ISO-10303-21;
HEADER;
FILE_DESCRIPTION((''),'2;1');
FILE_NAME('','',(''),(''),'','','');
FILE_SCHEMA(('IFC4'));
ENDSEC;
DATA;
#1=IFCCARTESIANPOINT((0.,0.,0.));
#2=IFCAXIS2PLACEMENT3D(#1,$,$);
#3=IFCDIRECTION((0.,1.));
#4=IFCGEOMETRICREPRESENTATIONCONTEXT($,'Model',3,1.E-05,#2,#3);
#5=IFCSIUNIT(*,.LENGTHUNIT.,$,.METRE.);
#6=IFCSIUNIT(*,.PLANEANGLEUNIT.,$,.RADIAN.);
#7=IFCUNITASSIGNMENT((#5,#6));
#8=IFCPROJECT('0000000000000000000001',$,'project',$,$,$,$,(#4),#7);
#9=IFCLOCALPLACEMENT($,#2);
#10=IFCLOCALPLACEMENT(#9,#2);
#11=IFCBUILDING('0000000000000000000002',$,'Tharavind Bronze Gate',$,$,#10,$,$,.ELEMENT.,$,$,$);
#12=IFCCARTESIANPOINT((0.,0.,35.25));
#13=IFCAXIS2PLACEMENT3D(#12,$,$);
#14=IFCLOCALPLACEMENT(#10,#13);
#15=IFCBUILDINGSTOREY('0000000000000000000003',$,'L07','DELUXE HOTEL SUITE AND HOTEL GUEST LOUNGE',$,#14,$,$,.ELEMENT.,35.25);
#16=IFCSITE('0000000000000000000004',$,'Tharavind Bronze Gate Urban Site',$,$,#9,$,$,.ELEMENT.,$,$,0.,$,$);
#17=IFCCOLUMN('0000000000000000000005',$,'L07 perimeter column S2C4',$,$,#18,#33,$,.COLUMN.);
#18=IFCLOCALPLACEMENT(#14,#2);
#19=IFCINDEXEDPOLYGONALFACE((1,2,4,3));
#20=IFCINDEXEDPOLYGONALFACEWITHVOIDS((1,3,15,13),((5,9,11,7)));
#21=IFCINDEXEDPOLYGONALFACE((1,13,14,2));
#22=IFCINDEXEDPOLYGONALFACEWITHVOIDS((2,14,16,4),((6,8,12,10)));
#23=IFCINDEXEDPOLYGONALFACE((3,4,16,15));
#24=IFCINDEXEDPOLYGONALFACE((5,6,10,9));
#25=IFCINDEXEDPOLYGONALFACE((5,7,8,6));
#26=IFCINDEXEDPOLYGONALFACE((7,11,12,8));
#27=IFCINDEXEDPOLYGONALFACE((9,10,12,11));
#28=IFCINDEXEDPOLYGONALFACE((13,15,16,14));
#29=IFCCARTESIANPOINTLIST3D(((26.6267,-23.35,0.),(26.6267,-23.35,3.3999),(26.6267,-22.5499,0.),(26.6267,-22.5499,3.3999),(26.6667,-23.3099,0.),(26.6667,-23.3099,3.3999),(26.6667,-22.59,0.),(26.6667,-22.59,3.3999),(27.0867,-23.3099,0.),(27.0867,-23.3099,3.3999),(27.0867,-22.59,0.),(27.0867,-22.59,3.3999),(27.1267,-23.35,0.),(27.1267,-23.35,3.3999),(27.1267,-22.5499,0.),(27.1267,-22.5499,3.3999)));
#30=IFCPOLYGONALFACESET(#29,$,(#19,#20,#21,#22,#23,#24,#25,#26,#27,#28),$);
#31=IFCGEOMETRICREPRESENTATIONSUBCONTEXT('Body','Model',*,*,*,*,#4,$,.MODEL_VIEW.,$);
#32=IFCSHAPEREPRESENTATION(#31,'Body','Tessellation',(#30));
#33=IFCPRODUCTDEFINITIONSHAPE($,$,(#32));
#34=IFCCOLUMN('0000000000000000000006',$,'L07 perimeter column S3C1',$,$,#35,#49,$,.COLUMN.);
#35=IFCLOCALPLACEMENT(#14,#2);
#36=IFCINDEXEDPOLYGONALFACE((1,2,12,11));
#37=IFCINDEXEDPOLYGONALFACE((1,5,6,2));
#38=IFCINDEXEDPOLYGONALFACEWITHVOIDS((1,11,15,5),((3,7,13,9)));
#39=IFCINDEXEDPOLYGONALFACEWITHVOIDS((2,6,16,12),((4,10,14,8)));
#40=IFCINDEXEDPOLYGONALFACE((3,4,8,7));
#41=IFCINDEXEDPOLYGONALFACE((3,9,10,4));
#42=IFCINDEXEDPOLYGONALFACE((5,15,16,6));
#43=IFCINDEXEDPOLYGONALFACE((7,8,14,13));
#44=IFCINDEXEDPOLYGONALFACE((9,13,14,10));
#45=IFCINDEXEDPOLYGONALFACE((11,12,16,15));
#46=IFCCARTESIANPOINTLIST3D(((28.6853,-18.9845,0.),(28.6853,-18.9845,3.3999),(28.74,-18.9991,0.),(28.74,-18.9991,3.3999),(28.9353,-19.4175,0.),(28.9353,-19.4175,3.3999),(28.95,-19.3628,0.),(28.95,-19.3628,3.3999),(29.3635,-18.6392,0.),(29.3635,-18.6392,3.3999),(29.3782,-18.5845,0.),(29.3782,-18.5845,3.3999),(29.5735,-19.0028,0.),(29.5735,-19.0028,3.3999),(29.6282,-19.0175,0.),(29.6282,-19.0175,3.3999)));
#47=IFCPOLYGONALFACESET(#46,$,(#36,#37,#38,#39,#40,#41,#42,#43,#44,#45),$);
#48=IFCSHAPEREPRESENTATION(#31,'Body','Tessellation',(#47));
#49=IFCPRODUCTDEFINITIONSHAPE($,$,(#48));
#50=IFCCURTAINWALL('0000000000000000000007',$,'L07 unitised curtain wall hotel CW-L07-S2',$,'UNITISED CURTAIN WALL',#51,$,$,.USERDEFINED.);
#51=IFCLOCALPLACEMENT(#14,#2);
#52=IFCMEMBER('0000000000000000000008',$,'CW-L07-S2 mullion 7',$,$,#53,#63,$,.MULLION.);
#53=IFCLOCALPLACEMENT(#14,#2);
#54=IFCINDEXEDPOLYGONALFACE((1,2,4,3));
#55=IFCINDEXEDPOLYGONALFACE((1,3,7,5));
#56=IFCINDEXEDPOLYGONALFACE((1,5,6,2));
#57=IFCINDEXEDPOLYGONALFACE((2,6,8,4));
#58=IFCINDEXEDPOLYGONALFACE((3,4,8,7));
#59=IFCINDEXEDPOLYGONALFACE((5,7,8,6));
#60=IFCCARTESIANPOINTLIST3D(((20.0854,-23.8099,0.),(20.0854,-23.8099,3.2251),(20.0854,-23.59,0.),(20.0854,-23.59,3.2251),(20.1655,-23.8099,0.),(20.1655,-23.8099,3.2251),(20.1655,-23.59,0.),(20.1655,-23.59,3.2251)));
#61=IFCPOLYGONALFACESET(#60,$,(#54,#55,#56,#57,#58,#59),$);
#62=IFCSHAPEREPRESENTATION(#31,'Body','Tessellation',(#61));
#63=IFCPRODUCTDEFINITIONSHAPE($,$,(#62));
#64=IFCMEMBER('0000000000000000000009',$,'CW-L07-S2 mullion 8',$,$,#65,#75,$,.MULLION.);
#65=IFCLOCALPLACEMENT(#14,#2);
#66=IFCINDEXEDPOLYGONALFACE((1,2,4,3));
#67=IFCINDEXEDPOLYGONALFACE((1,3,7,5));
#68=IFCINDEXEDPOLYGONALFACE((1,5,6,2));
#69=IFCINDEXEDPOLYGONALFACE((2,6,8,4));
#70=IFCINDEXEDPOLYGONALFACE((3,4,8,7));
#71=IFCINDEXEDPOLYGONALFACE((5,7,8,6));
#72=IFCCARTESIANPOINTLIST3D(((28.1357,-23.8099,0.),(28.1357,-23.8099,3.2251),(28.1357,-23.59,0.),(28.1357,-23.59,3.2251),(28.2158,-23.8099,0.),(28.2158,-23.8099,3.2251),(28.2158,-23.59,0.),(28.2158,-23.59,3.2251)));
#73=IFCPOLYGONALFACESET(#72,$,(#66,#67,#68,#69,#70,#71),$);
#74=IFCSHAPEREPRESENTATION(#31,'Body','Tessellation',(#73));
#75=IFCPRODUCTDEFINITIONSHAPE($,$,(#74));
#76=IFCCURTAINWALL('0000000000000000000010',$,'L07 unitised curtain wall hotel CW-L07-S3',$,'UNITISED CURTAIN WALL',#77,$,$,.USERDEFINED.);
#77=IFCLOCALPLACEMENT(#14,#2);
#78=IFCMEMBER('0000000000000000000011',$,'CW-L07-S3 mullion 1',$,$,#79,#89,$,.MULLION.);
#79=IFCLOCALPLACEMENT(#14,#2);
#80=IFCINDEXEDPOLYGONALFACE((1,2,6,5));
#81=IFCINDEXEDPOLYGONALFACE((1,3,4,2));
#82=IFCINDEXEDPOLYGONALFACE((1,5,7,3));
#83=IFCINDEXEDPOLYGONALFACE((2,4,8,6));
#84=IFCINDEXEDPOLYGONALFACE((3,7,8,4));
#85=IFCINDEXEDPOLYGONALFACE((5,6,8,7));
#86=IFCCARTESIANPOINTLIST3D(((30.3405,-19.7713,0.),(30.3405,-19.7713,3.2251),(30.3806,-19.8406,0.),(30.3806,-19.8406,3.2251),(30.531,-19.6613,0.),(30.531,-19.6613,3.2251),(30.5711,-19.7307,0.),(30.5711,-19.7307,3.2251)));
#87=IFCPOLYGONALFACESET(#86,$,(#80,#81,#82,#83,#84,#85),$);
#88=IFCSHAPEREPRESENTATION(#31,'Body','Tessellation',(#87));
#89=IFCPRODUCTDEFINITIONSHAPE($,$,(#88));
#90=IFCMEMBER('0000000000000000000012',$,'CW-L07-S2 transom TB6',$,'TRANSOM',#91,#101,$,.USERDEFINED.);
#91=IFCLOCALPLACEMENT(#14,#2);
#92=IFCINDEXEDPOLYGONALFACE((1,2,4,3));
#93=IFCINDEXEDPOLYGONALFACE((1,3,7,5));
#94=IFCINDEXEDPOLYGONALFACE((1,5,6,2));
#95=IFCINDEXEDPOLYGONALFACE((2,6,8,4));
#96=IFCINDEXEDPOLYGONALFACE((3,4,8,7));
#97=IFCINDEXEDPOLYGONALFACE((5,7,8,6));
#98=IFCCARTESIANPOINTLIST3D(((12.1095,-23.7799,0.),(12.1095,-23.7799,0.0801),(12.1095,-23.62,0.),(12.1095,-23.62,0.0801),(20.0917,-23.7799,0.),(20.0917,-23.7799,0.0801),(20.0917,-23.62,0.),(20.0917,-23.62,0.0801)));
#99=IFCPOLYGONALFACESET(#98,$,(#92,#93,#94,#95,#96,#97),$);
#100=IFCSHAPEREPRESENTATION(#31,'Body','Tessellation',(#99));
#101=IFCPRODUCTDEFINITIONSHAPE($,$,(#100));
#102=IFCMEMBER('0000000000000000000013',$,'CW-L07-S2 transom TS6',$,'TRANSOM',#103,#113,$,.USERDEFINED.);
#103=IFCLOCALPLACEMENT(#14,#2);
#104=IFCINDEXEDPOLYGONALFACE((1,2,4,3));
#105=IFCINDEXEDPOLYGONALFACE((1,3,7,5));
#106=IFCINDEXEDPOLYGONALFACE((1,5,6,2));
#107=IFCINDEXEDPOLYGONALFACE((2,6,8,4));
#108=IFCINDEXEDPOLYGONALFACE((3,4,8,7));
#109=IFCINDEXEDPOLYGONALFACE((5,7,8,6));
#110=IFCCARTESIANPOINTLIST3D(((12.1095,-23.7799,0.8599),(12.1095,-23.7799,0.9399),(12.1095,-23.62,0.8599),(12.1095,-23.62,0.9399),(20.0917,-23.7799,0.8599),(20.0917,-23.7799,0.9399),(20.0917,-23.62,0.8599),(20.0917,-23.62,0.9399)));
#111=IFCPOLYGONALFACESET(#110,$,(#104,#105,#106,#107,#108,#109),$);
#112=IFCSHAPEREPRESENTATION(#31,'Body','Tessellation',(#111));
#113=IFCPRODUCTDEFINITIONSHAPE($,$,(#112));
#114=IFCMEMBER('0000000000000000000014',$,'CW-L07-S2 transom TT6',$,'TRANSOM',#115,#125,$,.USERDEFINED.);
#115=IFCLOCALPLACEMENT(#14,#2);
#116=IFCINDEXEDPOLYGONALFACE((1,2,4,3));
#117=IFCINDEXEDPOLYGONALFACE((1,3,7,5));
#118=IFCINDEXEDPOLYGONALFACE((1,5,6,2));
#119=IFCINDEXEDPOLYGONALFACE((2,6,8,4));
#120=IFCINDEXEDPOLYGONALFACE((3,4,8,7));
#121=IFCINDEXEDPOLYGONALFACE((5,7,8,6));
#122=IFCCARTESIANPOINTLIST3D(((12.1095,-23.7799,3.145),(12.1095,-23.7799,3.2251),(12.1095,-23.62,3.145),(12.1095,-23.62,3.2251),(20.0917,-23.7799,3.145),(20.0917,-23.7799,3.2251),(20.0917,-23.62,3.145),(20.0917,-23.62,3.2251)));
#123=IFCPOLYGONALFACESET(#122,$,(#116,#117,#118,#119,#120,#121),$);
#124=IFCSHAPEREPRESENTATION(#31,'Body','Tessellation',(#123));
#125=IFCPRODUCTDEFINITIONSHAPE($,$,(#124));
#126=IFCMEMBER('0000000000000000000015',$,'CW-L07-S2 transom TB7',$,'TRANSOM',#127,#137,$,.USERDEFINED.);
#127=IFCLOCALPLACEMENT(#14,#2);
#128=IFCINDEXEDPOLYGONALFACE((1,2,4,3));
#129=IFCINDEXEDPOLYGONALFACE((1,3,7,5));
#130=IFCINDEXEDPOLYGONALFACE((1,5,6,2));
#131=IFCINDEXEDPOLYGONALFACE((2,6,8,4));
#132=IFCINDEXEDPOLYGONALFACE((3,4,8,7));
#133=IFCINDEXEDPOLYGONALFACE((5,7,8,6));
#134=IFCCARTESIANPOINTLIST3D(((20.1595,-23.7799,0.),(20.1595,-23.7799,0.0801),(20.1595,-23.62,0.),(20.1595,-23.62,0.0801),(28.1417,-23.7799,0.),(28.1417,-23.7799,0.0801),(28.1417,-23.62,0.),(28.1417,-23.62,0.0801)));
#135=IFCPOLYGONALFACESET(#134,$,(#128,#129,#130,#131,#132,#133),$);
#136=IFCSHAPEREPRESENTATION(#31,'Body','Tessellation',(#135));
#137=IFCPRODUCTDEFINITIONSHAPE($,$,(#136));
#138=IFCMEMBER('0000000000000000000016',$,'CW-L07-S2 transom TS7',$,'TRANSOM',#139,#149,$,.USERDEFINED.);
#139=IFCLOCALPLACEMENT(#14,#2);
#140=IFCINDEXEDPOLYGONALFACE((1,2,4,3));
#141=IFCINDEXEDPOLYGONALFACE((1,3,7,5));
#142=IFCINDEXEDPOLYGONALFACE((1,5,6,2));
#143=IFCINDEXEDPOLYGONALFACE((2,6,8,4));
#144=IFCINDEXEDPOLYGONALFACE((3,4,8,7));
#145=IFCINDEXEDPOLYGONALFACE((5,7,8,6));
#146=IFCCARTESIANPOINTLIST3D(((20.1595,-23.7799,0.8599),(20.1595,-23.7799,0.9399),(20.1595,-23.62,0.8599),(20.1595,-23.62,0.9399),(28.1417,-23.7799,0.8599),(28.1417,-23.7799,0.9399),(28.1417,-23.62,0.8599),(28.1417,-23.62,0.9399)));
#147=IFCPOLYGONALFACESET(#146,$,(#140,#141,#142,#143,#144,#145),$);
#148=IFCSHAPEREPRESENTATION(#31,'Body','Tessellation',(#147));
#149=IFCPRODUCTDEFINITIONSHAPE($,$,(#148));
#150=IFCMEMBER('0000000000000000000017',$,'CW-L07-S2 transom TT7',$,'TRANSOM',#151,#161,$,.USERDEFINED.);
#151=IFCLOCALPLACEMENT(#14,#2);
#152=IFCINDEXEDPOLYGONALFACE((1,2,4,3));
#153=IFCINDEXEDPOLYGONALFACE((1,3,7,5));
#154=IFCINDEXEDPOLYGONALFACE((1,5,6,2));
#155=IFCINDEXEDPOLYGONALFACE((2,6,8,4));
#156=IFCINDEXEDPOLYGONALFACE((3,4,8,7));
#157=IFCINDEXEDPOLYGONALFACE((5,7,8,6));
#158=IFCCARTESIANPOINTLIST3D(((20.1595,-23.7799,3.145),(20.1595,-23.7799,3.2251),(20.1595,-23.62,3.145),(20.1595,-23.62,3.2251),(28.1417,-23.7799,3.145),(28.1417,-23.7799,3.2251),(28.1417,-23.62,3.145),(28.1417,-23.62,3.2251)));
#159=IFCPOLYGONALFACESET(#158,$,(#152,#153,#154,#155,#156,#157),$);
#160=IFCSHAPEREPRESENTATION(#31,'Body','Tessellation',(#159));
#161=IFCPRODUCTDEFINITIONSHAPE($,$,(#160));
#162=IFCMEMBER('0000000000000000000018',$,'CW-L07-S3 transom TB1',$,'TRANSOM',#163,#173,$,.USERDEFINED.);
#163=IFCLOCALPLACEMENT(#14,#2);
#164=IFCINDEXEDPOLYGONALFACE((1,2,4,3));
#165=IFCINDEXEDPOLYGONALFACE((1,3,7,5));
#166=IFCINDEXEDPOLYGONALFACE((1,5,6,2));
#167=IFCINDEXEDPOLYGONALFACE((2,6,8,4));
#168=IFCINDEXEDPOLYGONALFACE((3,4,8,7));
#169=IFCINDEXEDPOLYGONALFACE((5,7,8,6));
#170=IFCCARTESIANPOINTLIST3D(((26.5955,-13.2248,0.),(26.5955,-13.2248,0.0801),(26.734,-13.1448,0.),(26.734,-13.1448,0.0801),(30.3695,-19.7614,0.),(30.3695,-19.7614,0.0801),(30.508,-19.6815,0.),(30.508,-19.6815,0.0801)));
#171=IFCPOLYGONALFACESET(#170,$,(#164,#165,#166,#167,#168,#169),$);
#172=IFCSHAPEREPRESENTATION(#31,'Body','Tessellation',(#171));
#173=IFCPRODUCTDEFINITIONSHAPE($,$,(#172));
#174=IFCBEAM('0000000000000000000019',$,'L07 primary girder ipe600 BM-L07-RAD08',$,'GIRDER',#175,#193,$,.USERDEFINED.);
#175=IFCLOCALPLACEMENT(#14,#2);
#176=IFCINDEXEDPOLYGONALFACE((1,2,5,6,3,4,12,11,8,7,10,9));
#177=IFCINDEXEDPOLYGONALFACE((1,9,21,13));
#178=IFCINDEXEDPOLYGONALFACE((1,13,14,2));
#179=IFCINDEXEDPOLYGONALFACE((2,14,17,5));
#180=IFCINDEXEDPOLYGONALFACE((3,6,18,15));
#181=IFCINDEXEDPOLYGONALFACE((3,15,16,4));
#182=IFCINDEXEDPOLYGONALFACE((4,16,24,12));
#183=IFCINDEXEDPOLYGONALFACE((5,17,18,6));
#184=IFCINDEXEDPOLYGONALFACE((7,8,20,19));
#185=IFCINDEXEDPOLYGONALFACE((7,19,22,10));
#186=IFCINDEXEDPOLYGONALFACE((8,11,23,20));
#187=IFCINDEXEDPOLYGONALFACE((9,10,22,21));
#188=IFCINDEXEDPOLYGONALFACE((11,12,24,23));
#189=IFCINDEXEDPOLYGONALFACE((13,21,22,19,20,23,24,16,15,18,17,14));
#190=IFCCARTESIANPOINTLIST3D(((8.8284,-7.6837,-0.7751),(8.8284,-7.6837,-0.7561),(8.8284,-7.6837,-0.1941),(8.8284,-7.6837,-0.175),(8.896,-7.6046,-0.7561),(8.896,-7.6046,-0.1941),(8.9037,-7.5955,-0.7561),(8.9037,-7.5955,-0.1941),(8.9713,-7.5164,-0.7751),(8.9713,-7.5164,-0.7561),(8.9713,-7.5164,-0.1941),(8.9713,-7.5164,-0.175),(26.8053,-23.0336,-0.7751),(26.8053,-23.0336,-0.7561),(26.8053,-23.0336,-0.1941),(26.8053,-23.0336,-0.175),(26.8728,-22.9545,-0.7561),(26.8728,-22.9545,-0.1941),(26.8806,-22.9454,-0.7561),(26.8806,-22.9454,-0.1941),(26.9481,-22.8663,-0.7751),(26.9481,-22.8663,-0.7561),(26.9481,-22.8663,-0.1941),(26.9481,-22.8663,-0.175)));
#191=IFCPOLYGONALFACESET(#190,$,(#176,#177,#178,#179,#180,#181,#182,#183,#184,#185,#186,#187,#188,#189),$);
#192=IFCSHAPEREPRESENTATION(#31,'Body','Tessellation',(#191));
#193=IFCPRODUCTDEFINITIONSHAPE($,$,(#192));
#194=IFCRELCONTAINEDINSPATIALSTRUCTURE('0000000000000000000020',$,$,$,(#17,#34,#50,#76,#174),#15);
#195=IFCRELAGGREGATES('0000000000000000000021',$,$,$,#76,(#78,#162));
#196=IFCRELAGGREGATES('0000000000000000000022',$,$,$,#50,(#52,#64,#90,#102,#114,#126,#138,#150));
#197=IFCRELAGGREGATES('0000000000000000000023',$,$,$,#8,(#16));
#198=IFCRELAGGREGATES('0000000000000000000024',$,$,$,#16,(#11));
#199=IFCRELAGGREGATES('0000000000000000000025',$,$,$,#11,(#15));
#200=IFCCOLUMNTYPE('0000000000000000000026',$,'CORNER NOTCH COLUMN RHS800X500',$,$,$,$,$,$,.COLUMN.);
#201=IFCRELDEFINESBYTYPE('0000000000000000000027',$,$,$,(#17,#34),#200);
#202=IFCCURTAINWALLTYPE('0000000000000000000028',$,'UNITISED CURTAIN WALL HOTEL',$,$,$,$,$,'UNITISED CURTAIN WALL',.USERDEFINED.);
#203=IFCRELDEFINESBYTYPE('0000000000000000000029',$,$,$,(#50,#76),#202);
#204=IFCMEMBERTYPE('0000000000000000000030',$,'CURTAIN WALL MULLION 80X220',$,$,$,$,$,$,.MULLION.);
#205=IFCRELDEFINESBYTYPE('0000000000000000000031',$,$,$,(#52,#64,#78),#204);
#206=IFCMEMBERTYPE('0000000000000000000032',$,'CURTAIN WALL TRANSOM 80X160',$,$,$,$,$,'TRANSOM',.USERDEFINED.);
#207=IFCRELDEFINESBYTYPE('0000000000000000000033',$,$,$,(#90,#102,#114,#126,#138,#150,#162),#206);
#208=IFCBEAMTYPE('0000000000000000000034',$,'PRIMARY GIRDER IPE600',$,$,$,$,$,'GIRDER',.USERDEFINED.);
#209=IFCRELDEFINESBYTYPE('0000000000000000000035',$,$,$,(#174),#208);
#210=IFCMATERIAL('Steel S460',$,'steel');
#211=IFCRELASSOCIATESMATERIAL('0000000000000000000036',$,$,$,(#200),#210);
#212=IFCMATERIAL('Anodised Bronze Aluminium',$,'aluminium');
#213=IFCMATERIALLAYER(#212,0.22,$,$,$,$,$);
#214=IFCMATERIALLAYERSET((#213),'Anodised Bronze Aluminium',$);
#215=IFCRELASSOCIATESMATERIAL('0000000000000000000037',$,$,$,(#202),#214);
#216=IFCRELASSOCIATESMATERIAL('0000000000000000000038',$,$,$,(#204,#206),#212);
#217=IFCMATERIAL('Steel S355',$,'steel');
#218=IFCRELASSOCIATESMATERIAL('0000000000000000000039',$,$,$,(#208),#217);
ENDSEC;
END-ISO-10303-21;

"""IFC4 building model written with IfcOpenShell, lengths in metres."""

from ifc_helpers import new_model, si_unit, direction, frame, origin, origin_2d, place, context, subcontext, project, spatial, rectangle, hollow_rectangle, i_section, extrude, material, layer, layer_set, material_profile, profile_set, type_object, element, aggregate, save


model = new_model("IFC4")

# Units and contexts
model_context = context("Model", 3, precision=1e-05, world=origin(), true_north=direction((0.0, 1.0)))
body_context = subcontext(model_context, "Body", "Model", "MODEL_VIEW")
ifc_project = project(units=[si_unit("LENGTHUNIT", "METRE"), si_unit("PLANEANGLEUNIT", "RADIAN")], contexts=[model_context])

# Site, building, storey
site_placement = place(None, origin())
site = spatial("IfcSite", under=ifc_project, at=site_placement, Name="Tharavind Bronze Gate Urban Site", CompositionType="ELEMENT", RefElevation=0.0)
building_placement = place(site_placement, origin())
building = spatial("IfcBuilding", under=site, at=building_placement, Name="Tharavind Bronze Gate", CompositionType="ELEMENT")
storey_placement = place(building_placement, frame((0.0, 0.0, 35.25)))
storey = spatial("IfcBuildingStorey", under=building, at=storey_placement, Name="L07", Description="DELUXE HOTEL SUITE AND HOTEL GUEST LOUNGE", CompositionType="ELEMENT", Elevation=35.25)

# Columns
ifc_material_1 = material(Name="Steel S460", Category="steel")
ifc_material_profile_1 = material_profile(ifc_material_1, hollow_rectangle(XDim=0.5, YDim=0.8, WallThickness=0.04, at=origin_2d()), Name="RHS800X500X40")
ifc_profile_set_1 = profile_set([ifc_material_profile_1], Name="Steel S460")
column_type = type_object("IfcColumnType", Name="CORNER NOTCH COLUMN RHS800X500", PredefinedType="COLUMN", material=ifc_profile_set_1)
for number, where, z_axis, x_axis, name in (
    (1, (26.8767, -22.95, 0.0), (0.0, 0.0, 1.0), (1.0, 0.0, 0.0), "L07 perimeter column S2C4"),
    (2, (29.1567, -19.001, 0.0), (0.0, 0.0, 1.0), (-0.500002, 0.866025, 0.0), "L07 perimeter column S3C1"),
):
    element("IfcColumn", number, at=place(storey_placement, frame(where, z_axis=z_axis, x_axis=x_axis)), inside=storey, type_object=column_type, Name=name, PredefinedType="COLUMN", context=body_context, shape_type="SweptSolid", body=[
        extrude(hollow_rectangle(XDim=0.5, YDim=0.8, WallThickness=0.04, at=origin_2d()), origin(), (0.0, 0.0, 1.0), 3.3999),
    ])

# Curtain wall, members
ifc_material_2 = material(Name="Anodised Bronze Aluminium", Category="aluminium")
ifc_layer_1 = layer(ifc_material_2, 0.22)
ifc_layer_set_1 = layer_set([ifc_layer_1], Name="Anodised Bronze Aluminium")
curtain_wall_type = type_object("IfcCurtainWallType", Name="UNITISED CURTAIN WALL HOTEL", ElementType="UNITISED CURTAIN WALL", PredefinedType="USERDEFINED", material=ifc_layer_set_1)
curtain_wall_1_placement = place(storey_placement, origin())
curtain_wall_1 = element("IfcCurtainWall", 3, at=curtain_wall_1_placement, inside=storey, type_object=curtain_wall_type, Name="L07 unitised curtain wall hotel CW-L07-S2", ObjectType="UNITISED CURTAIN WALL", PredefinedType="USERDEFINED")
member_type_1 = type_object("IfcMemberType", Name="CURTAIN WALL MULLION 80X220", PredefinedType="MULLION", material=ifc_material_2)
member_1_placement = place(storey_placement, frame((20.1255, -23.7, 0.0), z_axis=(0.0, 0.0, 1.0), x_axis=(1.0, 0.0, 0.0)))
member_1 = element("IfcMember", 4, at=member_1_placement, type_object=member_type_1, Name="CW-L07-S2 mullion 7", PredefinedType="MULLION", context=body_context, shape_type="SweptSolid", body=[
    extrude(rectangle(XDim=0.0801, YDim=0.22, at=origin_2d()), origin(), (0.0, 0.0, 1.0), 3.2251),
])
member_2_placement = place(storey_placement, frame((28.1758, -23.7, 0.0), z_axis=(0.0, 0.0, 1.0), x_axis=(1.0, 0.0, 0.0)))
member_2 = element("IfcMember", 5, at=member_2_placement, type_object=member_type_1, Name="CW-L07-S2 mullion 8", PredefinedType="MULLION", context=body_context, shape_type="SweptSolid", body=[
    extrude(rectangle(XDim=0.0801, YDim=0.22, at=origin_2d()), origin(), (0.0, 0.0, 1.0), 3.2251),
])

# Curtain wall, member
curtain_wall_2_placement = place(storey_placement, origin())
curtain_wall_2 = element("IfcCurtainWall", 6, at=curtain_wall_2_placement, inside=storey, type_object=curtain_wall_type, Name="L07 unitised curtain wall hotel CW-L07-S3", ObjectType="UNITISED CURTAIN WALL", PredefinedType="USERDEFINED")
member_3_placement = place(storey_placement, frame((30.4558, -19.751, 0.0), z_axis=(0.0, 0.0, 1.0), x_axis=(-0.500002, 0.866025, 0.0)))
member_3 = element("IfcMember", 7, at=member_3_placement, type_object=member_type_1, Name="CW-L07-S3 mullion 1", PredefinedType="MULLION", context=body_context, shape_type="SweptSolid", body=[
    extrude(rectangle(XDim=0.0801, YDim=0.22, at=origin_2d()), origin(), (0.0, 0.0, 1.0), 3.2251),
])

# Members
member_type_2 = type_object("IfcMemberType", Name="CURTAIN WALL TRANSOM 80X160", ElementType="TRANSOM", PredefinedType="USERDEFINED", material=ifc_material_2)
member_4_placement = place(storey_placement, frame((16.1006, -23.7, 0.0), z_axis=(0.0, 0.0, 1.0), x_axis=(1.0, 0.0, 0.0)))
member_4 = element("IfcMember", 8, at=member_4_placement, type_object=member_type_2, Name="CW-L07-S2 transom TB6", ObjectType="TRANSOM", PredefinedType="USERDEFINED", context=body_context, shape_type="SweptSolid", body=[
    extrude(rectangle(XDim=7.9822, YDim=0.1599, at=origin_2d()), origin(), (0.0, 0.0, 1.0), 0.0801),
])
member_5_placement = place(storey_placement, frame((16.1006, -23.7, 0.8599), z_axis=(0.0, 0.0, 1.0), x_axis=(1.0, 0.0, 0.0)))
member_5 = element("IfcMember", 9, at=member_5_placement, type_object=member_type_2, Name="CW-L07-S2 transom TS6", ObjectType="TRANSOM", PredefinedType="USERDEFINED", context=body_context, shape_type="SweptSolid", body=[
    extrude(rectangle(XDim=7.9822, YDim=0.1599, at=origin_2d()), origin(), (0.0, 0.0, 1.0), 0.0801),
])
member_6_placement = place(storey_placement, frame((16.1006, -23.7, 3.145), z_axis=(0.0, 0.0, 1.0), x_axis=(1.0, 0.0, 0.0)))
member_6 = element("IfcMember", 10, at=member_6_placement, type_object=member_type_2, Name="CW-L07-S2 transom TT6", ObjectType="TRANSOM", PredefinedType="USERDEFINED", context=body_context, shape_type="SweptSolid", body=[
    extrude(rectangle(XDim=7.9822, YDim=0.1599, at=origin_2d()), origin(), (0.0, 0.0, 1.0), 0.0801),
])
member_7_placement = place(storey_placement, frame((24.1506, -23.7, 0.0), z_axis=(0.0, 0.0, 1.0), x_axis=(1.0, 0.0, 0.0)))
member_7 = element("IfcMember", 11, at=member_7_placement, type_object=member_type_2, Name="CW-L07-S2 transom TB7", ObjectType="TRANSOM", PredefinedType="USERDEFINED", context=body_context, shape_type="SweptSolid", body=[
    extrude(rectangle(XDim=7.9822, YDim=0.1599, at=origin_2d()), origin(), (0.0, 0.0, 1.0), 0.0801),
])
member_8_placement = place(storey_placement, frame((24.1506, -23.7, 0.8599), z_axis=(0.0, 0.0, 1.0), x_axis=(1.0, 0.0, 0.0)))
member_8 = element("IfcMember", 12, at=member_8_placement, type_object=member_type_2, Name="CW-L07-S2 transom TS7", ObjectType="TRANSOM", PredefinedType="USERDEFINED", context=body_context, shape_type="SweptSolid", body=[
    extrude(rectangle(XDim=7.9822, YDim=0.1599, at=origin_2d()), origin(), (0.0, 0.0, 1.0), 0.0801),
])
member_9_placement = place(storey_placement, frame((24.1506, -23.7, 3.145), z_axis=(0.0, 0.0, 1.0), x_axis=(1.0, 0.0, 0.0)))
member_9 = element("IfcMember", 13, at=member_9_placement, type_object=member_type_2, Name="CW-L07-S2 transom TT7", ObjectType="TRANSOM", PredefinedType="USERDEFINED", context=body_context, shape_type="SweptSolid", body=[
    extrude(rectangle(XDim=7.9822, YDim=0.1599, at=origin_2d()), origin(), (0.0, 0.0, 1.0), 0.0801),
])
member_10_placement = place(storey_placement, frame((28.5518, -16.4531, 0.0), z_axis=(0.0, 0.0, 1.0), x_axis=(-0.500002, 0.866025, 0.0)))
member_10 = element("IfcMember", 14, at=member_10_placement, type_object=member_type_2, Name="CW-L07-S3 transom TB1", ObjectType="TRANSOM", PredefinedType="USERDEFINED", context=body_context, shape_type="SweptSolid", body=[
    extrude(rectangle(XDim=7.5479, YDim=0.1599, at=origin_2d()), origin(), (0.0, 0.0, 1.0), 0.0801),
])
aggregate(curtain_wall_2, [member_3, member_10])

# Beam
ifc_material_3 = material(Name="Steel S355", Category="steel")
ifc_material_profile_2 = material_profile(ifc_material_3, i_section(OverallWidth=0.22, OverallDepth=0.6001, WebThickness=0.012, FlangeThickness=0.019, at=origin_2d()), Name="IPE600")
ifc_profile_set_2 = profile_set([ifc_material_profile_2], Name="Steel S355")
beam_type_1 = type_object("IfcBeamType", Name="PRIMARY GIRDER IPE600", ElementType="GIRDER", PredefinedType="USERDEFINED", material=ifc_profile_set_2)
beam_1_placement = place(storey_placement, frame((26.8767, -22.95, -0.4751), z_axis=(-0.760485, 0.649355, 0.0), x_axis=(-0.649355, -0.760485, 0.0)))
element("IfcBeam", 15, at=beam_1_placement, inside=storey, type_object=beam_type_1, Name="L07 primary girder ipe600 BM-L07-RAD08", ObjectType="GIRDER", PredefinedType="USERDEFINED", context=body_context, shape_type="SweptSolid", body=[
    extrude(i_section(OverallWidth=0.22, OverallDepth=0.6001, WebThickness=0.012, FlangeThickness=0.019, at=origin_2d()), origin(), (0.0, 0.0, 1.0), 23.6387),
])

aggregate(curtain_wall_1, [member_1, member_2, member_4, member_5, member_6, member_7, member_8, member_9])

save(model, "model.ifc")
